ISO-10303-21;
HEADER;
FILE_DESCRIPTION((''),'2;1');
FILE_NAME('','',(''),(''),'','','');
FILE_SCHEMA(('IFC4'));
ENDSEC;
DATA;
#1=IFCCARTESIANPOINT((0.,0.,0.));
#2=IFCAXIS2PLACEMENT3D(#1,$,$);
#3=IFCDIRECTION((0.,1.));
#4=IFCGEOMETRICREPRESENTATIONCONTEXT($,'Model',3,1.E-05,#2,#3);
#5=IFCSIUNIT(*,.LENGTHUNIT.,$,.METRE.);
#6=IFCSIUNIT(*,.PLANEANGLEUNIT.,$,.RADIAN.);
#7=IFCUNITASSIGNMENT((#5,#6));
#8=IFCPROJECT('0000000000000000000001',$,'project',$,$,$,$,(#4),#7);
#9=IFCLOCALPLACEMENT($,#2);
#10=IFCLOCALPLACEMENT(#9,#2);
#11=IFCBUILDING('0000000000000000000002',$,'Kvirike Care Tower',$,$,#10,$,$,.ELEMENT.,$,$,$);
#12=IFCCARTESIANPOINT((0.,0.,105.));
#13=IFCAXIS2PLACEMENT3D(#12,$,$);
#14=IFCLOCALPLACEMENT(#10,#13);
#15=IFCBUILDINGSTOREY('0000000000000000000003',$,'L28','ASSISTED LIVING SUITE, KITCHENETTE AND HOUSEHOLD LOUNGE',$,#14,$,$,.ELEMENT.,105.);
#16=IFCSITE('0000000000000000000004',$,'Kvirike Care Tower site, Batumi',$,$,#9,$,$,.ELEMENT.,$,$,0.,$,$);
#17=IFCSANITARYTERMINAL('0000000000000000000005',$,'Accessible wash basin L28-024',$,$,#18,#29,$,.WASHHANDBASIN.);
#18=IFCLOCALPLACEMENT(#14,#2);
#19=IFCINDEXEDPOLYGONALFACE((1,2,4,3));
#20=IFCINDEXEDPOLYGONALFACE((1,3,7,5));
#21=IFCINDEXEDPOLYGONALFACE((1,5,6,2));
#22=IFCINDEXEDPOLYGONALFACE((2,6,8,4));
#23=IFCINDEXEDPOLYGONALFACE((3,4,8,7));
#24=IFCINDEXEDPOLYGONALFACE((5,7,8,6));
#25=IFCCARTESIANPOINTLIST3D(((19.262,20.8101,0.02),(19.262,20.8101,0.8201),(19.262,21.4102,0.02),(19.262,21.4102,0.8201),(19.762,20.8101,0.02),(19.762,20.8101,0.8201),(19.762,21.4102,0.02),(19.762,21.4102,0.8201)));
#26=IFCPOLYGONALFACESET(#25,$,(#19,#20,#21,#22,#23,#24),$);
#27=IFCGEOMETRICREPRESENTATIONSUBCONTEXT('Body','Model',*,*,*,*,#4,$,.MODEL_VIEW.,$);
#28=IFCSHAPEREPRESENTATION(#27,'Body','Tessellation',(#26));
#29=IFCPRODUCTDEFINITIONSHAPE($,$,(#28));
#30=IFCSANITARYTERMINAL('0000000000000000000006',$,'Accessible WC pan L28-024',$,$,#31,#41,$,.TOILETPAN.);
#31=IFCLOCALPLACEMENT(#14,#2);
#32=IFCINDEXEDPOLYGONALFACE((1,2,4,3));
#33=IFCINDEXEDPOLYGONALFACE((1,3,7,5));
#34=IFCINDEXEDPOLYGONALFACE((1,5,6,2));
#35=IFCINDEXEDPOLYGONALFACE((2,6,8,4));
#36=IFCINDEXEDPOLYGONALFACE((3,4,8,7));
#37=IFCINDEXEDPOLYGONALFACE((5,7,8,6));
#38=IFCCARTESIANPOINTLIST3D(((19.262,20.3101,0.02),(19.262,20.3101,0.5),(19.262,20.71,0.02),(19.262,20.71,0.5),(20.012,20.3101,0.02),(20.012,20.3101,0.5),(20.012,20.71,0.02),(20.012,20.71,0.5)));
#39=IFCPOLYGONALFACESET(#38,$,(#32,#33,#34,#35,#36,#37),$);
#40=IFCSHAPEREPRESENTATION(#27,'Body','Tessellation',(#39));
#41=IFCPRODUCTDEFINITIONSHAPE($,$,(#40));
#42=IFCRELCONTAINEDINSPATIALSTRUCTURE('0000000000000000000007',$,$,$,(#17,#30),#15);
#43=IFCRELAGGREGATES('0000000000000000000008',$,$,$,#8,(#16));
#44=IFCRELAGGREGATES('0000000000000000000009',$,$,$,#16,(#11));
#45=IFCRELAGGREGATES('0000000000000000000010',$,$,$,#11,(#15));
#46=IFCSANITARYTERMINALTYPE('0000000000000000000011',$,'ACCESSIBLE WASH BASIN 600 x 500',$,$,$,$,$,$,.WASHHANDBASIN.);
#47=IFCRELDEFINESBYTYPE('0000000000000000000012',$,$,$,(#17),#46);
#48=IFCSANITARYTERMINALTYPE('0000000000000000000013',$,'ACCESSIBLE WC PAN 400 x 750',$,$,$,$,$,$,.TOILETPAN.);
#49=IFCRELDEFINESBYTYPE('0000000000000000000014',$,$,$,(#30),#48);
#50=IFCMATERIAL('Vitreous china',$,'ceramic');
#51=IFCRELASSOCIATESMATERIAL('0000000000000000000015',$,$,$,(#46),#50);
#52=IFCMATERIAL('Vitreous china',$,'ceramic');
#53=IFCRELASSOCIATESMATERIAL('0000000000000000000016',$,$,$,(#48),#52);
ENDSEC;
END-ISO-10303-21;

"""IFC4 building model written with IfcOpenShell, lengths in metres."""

from ifc_helpers import new_model, si_unit, direction, frame, origin, origin_2d, place, context, subcontext, project, spatial, rectangle, extrude, material, type_object, element, save


model = new_model("IFC4")

# Units and contexts
model_context = context("Model", 3, precision=1e-05, world=origin(), true_north=direction((0.0, 1.0)))
body_context = subcontext(model_context, "Body", "Model", "MODEL_VIEW")
ifc_project = project(units=[si_unit("LENGTHUNIT", "METRE"), si_unit("PLANEANGLEUNIT", "RADIAN")], contexts=[model_context])

# Site, building, storey
site_placement = place(None, origin())
site = spatial("IfcSite", under=ifc_project, at=site_placement, Name="Kvirike Care Tower site, Batumi", CompositionType="ELEMENT", RefElevation=0.0)
building_placement = place(site_placement, origin())
building = spatial("IfcBuilding", under=site, at=building_placement, Name="Kvirike Care Tower", CompositionType="ELEMENT")
storey_placement = place(building_placement, frame((0.0, 0.0, 105.0)))
storey = spatial("IfcBuildingStorey", under=building, at=storey_placement, Name="L28", Description="ASSISTED LIVING SUITE, KITCHENETTE AND HOUSEHOLD LOUNGE", CompositionType="ELEMENT", Elevation=105.0)

# Sanitary terminals
ifc_material_1 = material(Name="Vitreous china", Category="ceramic")
sanitary_terminal_type_1 = type_object("IfcSanitaryTerminalType", Name="ACCESSIBLE WASH BASIN 600 x 500", PredefinedType="WASHHANDBASIN", material=ifc_material_1)
sanitary_terminal_1_placement = place(storey_placement, frame((19.512, 21.1101, 0.02), z_axis=(0.0, 0.0, 1.0), x_axis=(0.0, 1.0, 0.0)))
element("IfcSanitaryTerminal", 1, at=sanitary_terminal_1_placement, inside=storey, type_object=sanitary_terminal_type_1, Name="Accessible wash basin L28-024", PredefinedType="WASHHANDBASIN", context=body_context, shape_type="SweptSolid", body=[
    extrude(rectangle(XDim=0.6001, YDim=0.5, at=origin_2d()), origin(), (0.0, 0.0, 1.0), 0.8),
])
ifc_material_2 = material(Name="Vitreous china", Category="ceramic")
sanitary_terminal_type_2 = type_object("IfcSanitaryTerminalType", Name="ACCESSIBLE WC PAN 400 x 750", PredefinedType="TOILETPAN", material=ifc_material_2)
sanitary_terminal_2_placement = place(storey_placement, frame((19.637, 20.51, 0.02), z_axis=(0.0, 0.0, 1.0), x_axis=(0.0, 1.0, 0.0)))
element("IfcSanitaryTerminal", 2, at=sanitary_terminal_2_placement, inside=storey, type_object=sanitary_terminal_type_2, Name="Accessible WC pan L28-024", PredefinedType="TOILETPAN", context=body_context, shape_type="SweptSolid", body=[
    extrude(rectangle(XDim=0.3999, YDim=0.75, at=origin_2d()), origin(), (0.0, 0.0, 1.0), 0.48),
])

save(model, "model.ifc")
